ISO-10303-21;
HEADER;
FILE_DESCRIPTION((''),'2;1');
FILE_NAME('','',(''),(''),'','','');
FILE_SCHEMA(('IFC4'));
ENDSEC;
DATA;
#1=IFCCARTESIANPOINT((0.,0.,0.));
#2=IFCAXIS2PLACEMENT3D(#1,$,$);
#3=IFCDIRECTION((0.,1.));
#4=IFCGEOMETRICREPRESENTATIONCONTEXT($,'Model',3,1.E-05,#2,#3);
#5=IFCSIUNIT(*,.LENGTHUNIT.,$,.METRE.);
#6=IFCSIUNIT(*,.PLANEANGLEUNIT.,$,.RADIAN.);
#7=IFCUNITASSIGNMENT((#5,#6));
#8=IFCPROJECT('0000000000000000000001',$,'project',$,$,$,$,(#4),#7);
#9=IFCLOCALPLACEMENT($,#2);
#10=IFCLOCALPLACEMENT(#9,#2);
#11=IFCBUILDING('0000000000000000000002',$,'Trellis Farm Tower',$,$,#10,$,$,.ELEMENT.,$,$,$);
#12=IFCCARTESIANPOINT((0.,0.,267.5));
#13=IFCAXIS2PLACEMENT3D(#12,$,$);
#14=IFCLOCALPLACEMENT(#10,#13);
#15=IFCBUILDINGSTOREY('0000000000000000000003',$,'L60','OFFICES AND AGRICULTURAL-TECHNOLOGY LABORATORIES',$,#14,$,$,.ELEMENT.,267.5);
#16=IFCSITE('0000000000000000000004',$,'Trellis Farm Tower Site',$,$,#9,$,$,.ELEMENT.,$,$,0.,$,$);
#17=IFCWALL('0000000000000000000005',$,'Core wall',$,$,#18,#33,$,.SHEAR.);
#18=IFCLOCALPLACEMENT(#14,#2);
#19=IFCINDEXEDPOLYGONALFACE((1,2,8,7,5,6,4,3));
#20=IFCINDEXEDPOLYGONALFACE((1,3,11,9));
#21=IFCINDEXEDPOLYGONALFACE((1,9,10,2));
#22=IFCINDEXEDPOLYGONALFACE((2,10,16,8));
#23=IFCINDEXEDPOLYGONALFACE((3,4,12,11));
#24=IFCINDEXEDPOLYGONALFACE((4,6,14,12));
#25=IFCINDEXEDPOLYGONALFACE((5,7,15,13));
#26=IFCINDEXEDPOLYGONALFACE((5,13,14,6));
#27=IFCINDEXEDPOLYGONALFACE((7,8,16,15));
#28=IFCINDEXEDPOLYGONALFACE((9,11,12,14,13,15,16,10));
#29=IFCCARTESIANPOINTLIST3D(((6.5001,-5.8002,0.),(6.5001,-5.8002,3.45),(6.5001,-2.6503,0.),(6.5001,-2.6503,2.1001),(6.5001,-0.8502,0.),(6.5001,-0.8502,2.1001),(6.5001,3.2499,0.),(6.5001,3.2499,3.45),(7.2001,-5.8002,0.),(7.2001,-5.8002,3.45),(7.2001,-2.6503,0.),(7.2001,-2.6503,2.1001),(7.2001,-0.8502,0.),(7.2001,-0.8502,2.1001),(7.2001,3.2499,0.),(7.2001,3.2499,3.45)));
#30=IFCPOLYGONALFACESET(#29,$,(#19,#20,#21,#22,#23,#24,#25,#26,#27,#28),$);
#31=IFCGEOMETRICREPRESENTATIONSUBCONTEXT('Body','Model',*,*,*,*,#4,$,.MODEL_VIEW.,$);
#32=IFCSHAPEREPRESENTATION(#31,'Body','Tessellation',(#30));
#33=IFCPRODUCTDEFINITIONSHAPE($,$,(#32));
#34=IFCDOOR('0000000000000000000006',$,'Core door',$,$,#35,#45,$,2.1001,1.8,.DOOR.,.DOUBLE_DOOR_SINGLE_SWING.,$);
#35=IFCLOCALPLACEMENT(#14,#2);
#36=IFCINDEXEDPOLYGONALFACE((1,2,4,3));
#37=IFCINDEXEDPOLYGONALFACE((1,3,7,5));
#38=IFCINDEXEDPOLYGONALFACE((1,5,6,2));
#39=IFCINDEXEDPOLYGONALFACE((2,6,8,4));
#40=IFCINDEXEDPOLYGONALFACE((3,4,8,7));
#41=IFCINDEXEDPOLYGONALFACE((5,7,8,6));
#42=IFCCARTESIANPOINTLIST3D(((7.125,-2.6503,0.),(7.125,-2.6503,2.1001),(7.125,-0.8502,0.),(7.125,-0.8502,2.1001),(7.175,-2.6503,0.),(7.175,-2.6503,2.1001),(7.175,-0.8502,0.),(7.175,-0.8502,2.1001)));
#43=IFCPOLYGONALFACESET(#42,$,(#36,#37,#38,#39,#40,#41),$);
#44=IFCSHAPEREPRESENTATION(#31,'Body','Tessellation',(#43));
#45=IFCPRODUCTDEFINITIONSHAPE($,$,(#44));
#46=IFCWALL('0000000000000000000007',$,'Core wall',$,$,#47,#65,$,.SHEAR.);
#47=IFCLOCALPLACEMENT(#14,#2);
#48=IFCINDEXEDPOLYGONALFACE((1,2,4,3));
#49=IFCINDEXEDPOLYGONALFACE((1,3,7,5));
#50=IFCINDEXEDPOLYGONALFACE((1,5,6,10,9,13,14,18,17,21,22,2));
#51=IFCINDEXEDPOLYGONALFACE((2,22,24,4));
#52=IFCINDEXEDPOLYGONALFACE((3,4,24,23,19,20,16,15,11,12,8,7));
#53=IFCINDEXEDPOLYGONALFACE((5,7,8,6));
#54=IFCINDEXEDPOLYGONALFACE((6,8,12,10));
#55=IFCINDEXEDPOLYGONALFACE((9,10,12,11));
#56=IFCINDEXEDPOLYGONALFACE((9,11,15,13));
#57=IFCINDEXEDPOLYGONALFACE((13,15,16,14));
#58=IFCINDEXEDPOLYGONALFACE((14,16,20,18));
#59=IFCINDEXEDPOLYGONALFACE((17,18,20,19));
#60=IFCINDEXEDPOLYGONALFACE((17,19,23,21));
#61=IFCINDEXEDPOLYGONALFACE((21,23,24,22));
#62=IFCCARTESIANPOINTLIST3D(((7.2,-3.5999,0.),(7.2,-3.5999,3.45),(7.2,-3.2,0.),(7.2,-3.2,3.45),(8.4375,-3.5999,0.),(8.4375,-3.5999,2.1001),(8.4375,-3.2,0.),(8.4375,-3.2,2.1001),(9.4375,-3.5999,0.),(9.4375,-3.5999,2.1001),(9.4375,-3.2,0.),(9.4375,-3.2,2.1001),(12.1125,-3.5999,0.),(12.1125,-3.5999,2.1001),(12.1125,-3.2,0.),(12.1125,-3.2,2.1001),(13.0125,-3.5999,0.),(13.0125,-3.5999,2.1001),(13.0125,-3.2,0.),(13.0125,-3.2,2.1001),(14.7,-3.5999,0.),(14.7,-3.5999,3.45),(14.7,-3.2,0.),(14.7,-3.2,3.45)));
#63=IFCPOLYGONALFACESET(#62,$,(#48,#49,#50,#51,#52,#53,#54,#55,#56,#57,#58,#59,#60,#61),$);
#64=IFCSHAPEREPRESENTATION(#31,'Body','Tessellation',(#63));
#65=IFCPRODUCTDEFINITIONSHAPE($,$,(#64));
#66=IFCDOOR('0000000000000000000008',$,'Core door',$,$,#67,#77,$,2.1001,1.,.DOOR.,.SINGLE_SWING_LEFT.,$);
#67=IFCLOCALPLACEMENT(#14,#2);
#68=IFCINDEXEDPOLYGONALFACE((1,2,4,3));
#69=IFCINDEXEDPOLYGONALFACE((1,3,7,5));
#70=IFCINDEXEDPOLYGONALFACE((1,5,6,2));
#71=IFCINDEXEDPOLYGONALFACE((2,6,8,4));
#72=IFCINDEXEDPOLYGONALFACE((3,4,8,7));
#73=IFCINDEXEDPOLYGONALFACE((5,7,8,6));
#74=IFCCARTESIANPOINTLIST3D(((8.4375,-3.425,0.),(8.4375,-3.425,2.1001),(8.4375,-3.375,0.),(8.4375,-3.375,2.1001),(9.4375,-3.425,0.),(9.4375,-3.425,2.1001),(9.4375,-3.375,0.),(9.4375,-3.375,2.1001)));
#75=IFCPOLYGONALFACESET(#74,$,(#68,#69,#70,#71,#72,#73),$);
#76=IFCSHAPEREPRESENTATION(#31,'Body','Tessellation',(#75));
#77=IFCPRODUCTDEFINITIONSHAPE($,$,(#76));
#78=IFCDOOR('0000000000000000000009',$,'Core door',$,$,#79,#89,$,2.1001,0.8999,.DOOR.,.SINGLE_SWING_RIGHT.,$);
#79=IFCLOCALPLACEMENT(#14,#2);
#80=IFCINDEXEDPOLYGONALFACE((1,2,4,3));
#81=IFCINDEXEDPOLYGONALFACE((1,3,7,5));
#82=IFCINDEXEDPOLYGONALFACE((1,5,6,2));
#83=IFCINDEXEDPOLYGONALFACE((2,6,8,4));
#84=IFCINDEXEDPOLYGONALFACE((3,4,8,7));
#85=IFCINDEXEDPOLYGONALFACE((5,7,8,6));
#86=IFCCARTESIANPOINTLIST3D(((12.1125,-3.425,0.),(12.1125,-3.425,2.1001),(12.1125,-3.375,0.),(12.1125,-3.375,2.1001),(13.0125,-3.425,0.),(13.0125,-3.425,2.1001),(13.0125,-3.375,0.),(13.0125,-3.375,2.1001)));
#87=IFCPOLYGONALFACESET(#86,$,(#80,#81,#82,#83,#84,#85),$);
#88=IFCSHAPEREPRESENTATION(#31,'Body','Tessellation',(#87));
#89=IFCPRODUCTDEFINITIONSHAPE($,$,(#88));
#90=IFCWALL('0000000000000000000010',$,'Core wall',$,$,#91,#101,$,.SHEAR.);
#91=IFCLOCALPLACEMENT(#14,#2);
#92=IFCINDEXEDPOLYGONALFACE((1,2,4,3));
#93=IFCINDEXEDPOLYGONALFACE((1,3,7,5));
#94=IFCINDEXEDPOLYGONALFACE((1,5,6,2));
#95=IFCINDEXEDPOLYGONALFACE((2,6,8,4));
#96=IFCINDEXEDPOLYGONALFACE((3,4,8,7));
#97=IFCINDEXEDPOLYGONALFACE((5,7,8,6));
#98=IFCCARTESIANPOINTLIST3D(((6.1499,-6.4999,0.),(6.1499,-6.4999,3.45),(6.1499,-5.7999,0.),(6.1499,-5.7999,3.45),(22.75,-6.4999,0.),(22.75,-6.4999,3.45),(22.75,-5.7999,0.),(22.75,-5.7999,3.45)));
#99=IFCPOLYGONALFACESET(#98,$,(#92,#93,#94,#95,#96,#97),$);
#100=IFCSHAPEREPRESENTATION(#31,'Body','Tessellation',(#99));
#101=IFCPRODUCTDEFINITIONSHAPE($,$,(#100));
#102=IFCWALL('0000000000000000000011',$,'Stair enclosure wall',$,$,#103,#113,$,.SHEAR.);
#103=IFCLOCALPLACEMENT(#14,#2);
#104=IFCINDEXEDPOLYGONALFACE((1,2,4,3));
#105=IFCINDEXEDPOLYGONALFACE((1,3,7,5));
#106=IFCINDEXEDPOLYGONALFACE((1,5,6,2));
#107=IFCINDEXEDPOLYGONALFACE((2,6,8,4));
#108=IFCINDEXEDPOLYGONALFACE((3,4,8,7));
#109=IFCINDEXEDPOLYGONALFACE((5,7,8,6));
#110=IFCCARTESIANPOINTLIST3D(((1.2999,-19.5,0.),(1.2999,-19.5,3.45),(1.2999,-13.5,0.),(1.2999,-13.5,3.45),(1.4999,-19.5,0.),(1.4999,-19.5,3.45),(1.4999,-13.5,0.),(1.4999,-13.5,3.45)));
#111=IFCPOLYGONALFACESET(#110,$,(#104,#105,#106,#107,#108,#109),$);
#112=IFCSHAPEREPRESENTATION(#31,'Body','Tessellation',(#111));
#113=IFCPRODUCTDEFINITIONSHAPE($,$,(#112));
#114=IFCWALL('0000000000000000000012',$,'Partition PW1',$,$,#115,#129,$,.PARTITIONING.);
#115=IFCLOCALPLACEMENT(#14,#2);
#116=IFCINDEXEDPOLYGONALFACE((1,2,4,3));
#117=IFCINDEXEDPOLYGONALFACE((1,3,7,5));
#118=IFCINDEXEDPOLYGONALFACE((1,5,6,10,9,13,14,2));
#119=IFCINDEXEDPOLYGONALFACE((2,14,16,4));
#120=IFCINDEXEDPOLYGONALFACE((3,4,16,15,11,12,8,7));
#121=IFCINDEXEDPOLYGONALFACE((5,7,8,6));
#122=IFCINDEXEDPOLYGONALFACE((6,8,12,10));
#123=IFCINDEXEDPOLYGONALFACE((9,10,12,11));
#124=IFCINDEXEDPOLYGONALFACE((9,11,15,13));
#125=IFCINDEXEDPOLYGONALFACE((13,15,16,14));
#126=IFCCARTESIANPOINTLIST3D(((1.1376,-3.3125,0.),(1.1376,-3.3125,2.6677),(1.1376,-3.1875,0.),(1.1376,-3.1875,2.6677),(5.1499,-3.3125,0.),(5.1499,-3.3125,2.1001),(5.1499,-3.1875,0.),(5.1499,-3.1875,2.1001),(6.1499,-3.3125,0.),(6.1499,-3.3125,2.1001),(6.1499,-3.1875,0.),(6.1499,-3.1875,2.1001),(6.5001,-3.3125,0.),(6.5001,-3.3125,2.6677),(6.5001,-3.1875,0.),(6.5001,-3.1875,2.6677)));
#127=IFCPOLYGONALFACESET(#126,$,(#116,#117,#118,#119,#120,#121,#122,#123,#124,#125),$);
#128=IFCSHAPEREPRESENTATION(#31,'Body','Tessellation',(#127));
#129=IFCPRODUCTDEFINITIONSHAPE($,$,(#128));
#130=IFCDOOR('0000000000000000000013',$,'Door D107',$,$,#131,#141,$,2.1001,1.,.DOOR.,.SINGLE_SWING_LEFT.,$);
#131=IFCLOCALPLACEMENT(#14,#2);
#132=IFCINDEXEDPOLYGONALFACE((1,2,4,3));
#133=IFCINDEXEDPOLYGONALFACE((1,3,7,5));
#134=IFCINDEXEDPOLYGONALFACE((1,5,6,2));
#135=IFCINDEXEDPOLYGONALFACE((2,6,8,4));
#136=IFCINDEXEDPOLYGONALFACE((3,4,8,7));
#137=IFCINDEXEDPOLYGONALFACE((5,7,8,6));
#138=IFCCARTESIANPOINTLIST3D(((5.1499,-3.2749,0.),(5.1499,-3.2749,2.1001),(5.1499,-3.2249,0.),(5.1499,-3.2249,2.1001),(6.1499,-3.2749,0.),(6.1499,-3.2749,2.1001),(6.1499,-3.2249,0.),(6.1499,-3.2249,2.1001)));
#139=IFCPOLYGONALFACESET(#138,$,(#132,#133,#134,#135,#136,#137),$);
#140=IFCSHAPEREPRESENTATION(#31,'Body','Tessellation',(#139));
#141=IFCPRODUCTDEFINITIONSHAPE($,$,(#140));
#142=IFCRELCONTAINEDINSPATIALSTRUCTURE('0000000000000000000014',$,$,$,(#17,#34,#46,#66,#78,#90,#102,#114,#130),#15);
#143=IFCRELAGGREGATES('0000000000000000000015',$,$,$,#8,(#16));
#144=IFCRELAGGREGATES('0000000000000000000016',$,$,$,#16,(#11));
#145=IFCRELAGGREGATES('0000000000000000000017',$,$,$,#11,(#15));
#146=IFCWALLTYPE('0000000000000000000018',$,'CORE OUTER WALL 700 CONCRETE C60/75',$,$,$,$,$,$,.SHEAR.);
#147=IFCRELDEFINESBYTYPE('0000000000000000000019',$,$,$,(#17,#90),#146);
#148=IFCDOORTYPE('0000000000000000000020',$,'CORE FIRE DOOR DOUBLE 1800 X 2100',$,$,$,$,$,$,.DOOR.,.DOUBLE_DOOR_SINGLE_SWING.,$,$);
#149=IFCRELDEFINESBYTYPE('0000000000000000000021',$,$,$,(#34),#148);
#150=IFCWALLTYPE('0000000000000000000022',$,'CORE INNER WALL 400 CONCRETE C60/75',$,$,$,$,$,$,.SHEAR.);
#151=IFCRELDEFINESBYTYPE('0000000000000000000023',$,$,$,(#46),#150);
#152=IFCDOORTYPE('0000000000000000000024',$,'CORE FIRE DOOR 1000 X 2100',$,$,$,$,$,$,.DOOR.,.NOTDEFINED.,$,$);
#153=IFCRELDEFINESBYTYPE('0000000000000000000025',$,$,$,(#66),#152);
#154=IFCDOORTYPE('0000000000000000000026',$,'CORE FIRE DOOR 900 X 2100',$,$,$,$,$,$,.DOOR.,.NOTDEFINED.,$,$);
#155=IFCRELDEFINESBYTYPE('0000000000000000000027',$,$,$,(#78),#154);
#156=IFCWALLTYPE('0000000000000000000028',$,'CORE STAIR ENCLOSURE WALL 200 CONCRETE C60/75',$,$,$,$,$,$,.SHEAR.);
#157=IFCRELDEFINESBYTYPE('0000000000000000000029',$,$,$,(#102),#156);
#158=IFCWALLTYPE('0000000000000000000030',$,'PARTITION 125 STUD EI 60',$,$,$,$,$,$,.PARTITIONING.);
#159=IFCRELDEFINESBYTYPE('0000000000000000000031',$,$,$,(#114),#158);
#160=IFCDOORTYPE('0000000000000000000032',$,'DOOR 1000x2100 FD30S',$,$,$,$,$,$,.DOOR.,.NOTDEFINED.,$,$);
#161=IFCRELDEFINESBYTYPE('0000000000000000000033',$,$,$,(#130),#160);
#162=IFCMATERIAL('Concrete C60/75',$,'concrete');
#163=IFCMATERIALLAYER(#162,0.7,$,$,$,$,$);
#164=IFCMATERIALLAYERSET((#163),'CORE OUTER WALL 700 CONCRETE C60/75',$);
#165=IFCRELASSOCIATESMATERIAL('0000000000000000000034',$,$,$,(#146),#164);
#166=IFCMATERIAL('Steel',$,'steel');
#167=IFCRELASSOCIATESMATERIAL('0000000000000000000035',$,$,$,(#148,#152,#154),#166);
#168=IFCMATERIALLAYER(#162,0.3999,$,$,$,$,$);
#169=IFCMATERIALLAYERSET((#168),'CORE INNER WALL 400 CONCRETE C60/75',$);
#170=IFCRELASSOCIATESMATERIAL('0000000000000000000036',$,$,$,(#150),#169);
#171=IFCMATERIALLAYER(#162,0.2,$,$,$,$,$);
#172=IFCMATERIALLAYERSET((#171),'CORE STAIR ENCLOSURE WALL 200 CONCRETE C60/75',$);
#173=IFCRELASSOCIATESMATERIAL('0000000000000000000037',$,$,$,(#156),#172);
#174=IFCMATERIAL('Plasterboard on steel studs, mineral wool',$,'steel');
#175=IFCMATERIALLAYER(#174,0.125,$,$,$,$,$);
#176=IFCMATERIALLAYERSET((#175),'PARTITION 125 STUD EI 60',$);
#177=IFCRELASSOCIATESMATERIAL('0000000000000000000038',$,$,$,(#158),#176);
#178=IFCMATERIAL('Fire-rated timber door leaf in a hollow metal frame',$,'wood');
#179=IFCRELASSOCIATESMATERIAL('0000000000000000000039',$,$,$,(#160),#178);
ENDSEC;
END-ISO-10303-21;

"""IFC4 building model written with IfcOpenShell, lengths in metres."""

from ifc_helpers import new_model, si_unit, direction, frame, frame_2d, origin, place, context, subcontext, project, spatial, rectangle, extrude, source, transform, mapped, material, layer, layer_set, type_object, element, fill, save


model = new_model("IFC4")

# Units and contexts
model_context = context("Model", 3, precision=1e-05, world=origin(), true_north=direction((0.0, 1.0)))
body_context = subcontext(model_context, "Body", "Model", "MODEL_VIEW")
ifc_project = project(units=[si_unit("LENGTHUNIT", "METRE"), si_unit("PLANEANGLEUNIT", "RADIAN")], contexts=[model_context])

# Site, building, storey
site_placement = place(None, origin())
site = spatial("IfcSite", under=ifc_project, at=site_placement, Name="Trellis Farm Tower Site", CompositionType="ELEMENT", RefElevation=0.0)
building_placement = place(site_placement, origin())
building = spatial("IfcBuilding", under=site, at=building_placement, Name="Trellis Farm Tower", CompositionType="ELEMENT")
storey_placement = place(building_placement, frame((0.0, 0.0, 267.5)))
storey = spatial("IfcBuildingStorey", under=building, at=storey_placement, Name="L60", Description="OFFICES AND AGRICULTURAL-TECHNOLOGY LABORATORIES", CompositionType="ELEMENT", Elevation=267.5)

# Shared definitions
ifc_material_1 = material(Name="Concrete C60/75", Category="concrete")

# Wall, opening, door
ifc_layer_1 = layer(ifc_material_1, 0.7)
ifc_layer_set_1 = layer_set([ifc_layer_1], Name="CORE OUTER WALL 700 CONCRETE C60/75")
wall_type_1 = type_object("IfcWallType", Name="CORE OUTER WALL 700 CONCRETE C60/75", PredefinedType="SHEAR", material=ifc_layer_set_1)
shared_shape_1 = source(origin(), body_context, "Body", "SweptSolid", [
    extrude(rectangle(XDim=9.05, YDim=0.7, at=frame_2d((4.5249, 0.0))), origin(), (0.0, 0.0, 1.0), 3.45),
])
wall_1_placement = place(storey_placement, frame((6.8501, -5.8, 0.0), z_axis=(0.0, 0.0, 1.0), x_axis=(0.0, 1.0, 0.0)))
wall_1 = element("IfcWall", 1, at=wall_1_placement, inside=storey, type_object=wall_type_1, Name="Core wall", PredefinedType="SHEAR", context=body_context, shape_type="MappedRepresentation", body=[
    mapped(shared_shape_1, transform((0.0, 0.0, 0.0))),
])
shared_shape_2 = source(origin(), body_context, "Body", "SweptSolid", [
    extrude(rectangle(XDim=1.8, YDim=2.1001, at=frame_2d((0.8999, 1.05))), frame((0.0, 0.3601, 0.0), z_axis=(0.0, -1.0, 0.0), x_axis=(1.0, 0.0, 0.0)), (0.0, 0.0, 1.0), 0.7202),
])
opening_1_placement = place(wall_1_placement, frame((3.1499, 0.0, 0.0)))
opening_1 = element("IfcOpeningElement", 2, at=opening_1_placement, cuts=wall_1, PredefinedType="OPENING", context=body_context, shape_type="MappedRepresentation", body=[
    mapped(shared_shape_2, transform((0.0, 0.0, 0.0))),
])
ifc_material_2 = material(Name="Steel", Category="steel")
door_type_1 = type_object("IfcDoorType", Name="CORE FIRE DOOR DOUBLE 1800 X 2100", OperationType="DOUBLE_DOOR_SINGLE_SWING", PredefinedType="DOOR", material=ifc_material_2)
shared_shape_3 = source(origin(), body_context, "Body", "SweptSolid", [
    extrude(rectangle(XDim=1.8, YDim=2.1001, at=frame_2d((0.8999, 1.05))), frame((0.0, -0.2749, 0.0), z_axis=(0.0, -1.0, 0.0), x_axis=(1.0, 0.0, 0.0)), (0.0, 0.0, 1.0), 0.05),
])
door_1_placement = place(opening_1_placement, origin())
door_1 = element("IfcDoor", 3, at=door_1_placement, inside=storey, type_object=door_type_1, Name="Core door", OperationType="DOUBLE_DOOR_SINGLE_SWING", OverallHeight=2.1001, OverallWidth=1.8, PredefinedType="DOOR", context=body_context, shape_type="MappedRepresentation", body=[
    mapped(shared_shape_3, transform((0.0, 0.0, 0.0))),
])
fill(opening_1, door_1)

# Wall, openings, doors
ifc_layer_2 = layer(ifc_material_1, 0.3999)
ifc_layer_set_2 = layer_set([ifc_layer_2], Name="CORE INNER WALL 400 CONCRETE C60/75")
wall_type_2 = type_object("IfcWallType", Name="CORE INNER WALL 400 CONCRETE C60/75", PredefinedType="SHEAR", material=ifc_layer_set_2)
shared_shape_4 = source(origin(), body_context, "Body", "SweptSolid", [
    extrude(rectangle(XDim=7.5, YDim=0.3999, at=frame_2d((3.75, 0.0))), origin(), (0.0, 0.0, 1.0), 3.45),
])
wall_2_placement = place(storey_placement, frame((7.2, -3.3999, 0.0), z_axis=(0.0, 0.0, 1.0), x_axis=(1.0, 0.0, 0.0)))
wall_2 = element("IfcWall", 4, at=wall_2_placement, inside=storey, type_object=wall_type_2, Name="Core wall", PredefinedType="SHEAR", context=body_context, shape_type="MappedRepresentation", body=[
    mapped(shared_shape_4, transform((0.0, 0.0, 0.0))),
])
shared_shape_5 = source(origin(), body_context, "Body", "SweptSolid", [
    extrude(rectangle(XDim=1.0, YDim=2.1001, at=frame_2d((0.5, 1.05))), frame((0.0, 0.21, 0.0), z_axis=(0.0, -1.0, 0.0), x_axis=(1.0, 0.0, 0.0)), (0.0, 0.0, 1.0), 0.4199),
])
opening_2_placement = place(wall_2_placement, frame((1.2375, 0.0, 0.0)))
opening_2 = element("IfcOpeningElement", 5, at=opening_2_placement, cuts=wall_2, PredefinedType="OPENING", context=body_context, shape_type="MappedRepresentation", body=[
    mapped(shared_shape_5, transform((0.0, 0.0, 0.0))),
])
shared_shape_6 = source(origin(), body_context, "Body", "SweptSolid", [
    extrude(rectangle(XDim=0.8999, YDim=2.1001, at=frame_2d((0.45, 1.05))), frame((0.0, 0.21, 0.0), z_axis=(0.0, -1.0, 0.0), x_axis=(1.0, 0.0, 0.0)), (0.0, 0.0, 1.0), 0.4199),
])
opening_3_placement = place(wall_2_placement, frame((4.9126, 0.0, 0.0)))
opening_3 = element("IfcOpeningElement", 6, at=opening_3_placement, cuts=wall_2, PredefinedType="OPENING", context=body_context, shape_type="MappedRepresentation", body=[
    mapped(shared_shape_6, transform((0.0, 0.0, 0.0))),
])
door_type_2 = type_object("IfcDoorType", Name="CORE FIRE DOOR 1000 X 2100", OperationType="NOTDEFINED", PredefinedType="DOOR", material=ifc_material_2)
shared_shape_7 = source(origin(), body_context, "Body", "SweptSolid", [
    extrude(rectangle(XDim=1.0, YDim=2.1001, at=frame_2d((0.5, 1.05))), frame((0.0, 0.0249, 0.0), z_axis=(0.0, -1.0, 0.0), x_axis=(1.0, 0.0, 0.0)), (0.0, 0.0, 1.0), 0.05),
])
door_2_placement = place(opening_2_placement, origin())
door_2 = element("IfcDoor", 7, at=door_2_placement, inside=storey, type_object=door_type_2, Name="Core door", OperationType="SINGLE_SWING_LEFT", OverallHeight=2.1001, OverallWidth=1.0, PredefinedType="DOOR", context=body_context, shape_type="MappedRepresentation", body=[
    mapped(shared_shape_7, transform((0.0, 0.0, 0.0))),
])
fill(opening_2, door_2)
door_type_3 = type_object("IfcDoorType", Name="CORE FIRE DOOR 900 X 2100", OperationType="NOTDEFINED", PredefinedType="DOOR", material=ifc_material_2)
shared_shape_8 = source(origin(), body_context, "Body", "SweptSolid", [
    extrude(rectangle(XDim=0.8999, YDim=2.1001, at=frame_2d((0.45, 1.05))), frame((0.0, 0.0249, 0.0), z_axis=(0.0, -1.0, 0.0), x_axis=(1.0, 0.0, 0.0)), (0.0, 0.0, 1.0), 0.05),
])
door_3_placement = place(opening_3_placement, origin())
door_3 = element("IfcDoor", 8, at=door_3_placement, inside=storey, type_object=door_type_3, Name="Core door", OperationType="SINGLE_SWING_RIGHT", OverallHeight=2.1001, OverallWidth=0.8999, PredefinedType="DOOR", context=body_context, shape_type="MappedRepresentation", body=[
    mapped(shared_shape_8, transform((0.0, 0.0, 0.0))),
])
fill(opening_3, door_3)

# Walls
shared_shape_9 = source(origin(), body_context, "Body", "SweptSolid", [
    extrude(rectangle(XDim=16.6001, YDim=0.7, at=frame_2d((8.3, 0.0))), origin(), (0.0, 0.0, 1.0), 3.45),
])
wall_3_placement = place(storey_placement, frame((6.1499, -6.1499, 0.0), z_axis=(0.0, 0.0, 1.0), x_axis=(1.0, 0.0, 0.0)))
element("IfcWall", 9, at=wall_3_placement, inside=storey, type_object=wall_type_1, Name="Core wall", PredefinedType="SHEAR", context=body_context, shape_type="MappedRepresentation", body=[
    mapped(shared_shape_9, transform((0.0, 0.0, 0.0))),
])
ifc_layer_3 = layer(ifc_material_1, 0.2)
ifc_layer_set_3 = layer_set([ifc_layer_3], Name="CORE STAIR ENCLOSURE WALL 200 CONCRETE C60/75")
wall_type_3 = type_object("IfcWallType", Name="CORE STAIR ENCLOSURE WALL 200 CONCRETE C60/75", PredefinedType="SHEAR", material=ifc_layer_set_3)
shared_shape_10 = source(origin(), body_context, "Body", "SweptSolid", [
    extrude(rectangle(XDim=6.0, YDim=0.2, at=frame_2d((3.0, 0.0))), origin(), (0.0, 0.0, 1.0), 3.45),
])
wall_4_placement = place(storey_placement, frame((1.3999, -13.5, 0.0), z_axis=(0.0, 0.0, 1.0), x_axis=(0.0, -1.0, 0.0)))
element("IfcWall", 10, at=wall_4_placement, inside=storey, type_object=wall_type_3, Name="Stair enclosure wall", PredefinedType="SHEAR", context=body_context, shape_type="MappedRepresentation", body=[
    mapped(shared_shape_10, transform((0.0, 0.0, 0.0))),
])

# Wall, opening, door
ifc_material_3 = material(Name="Plasterboard on steel studs, mineral wool", Category="steel")
ifc_layer_4 = layer(ifc_material_3, 0.125)
ifc_layer_set_4 = layer_set([ifc_layer_4], Name="PARTITION 125 STUD EI 60")
wall_type_4 = type_object("IfcWallType", Name="PARTITION 125 STUD EI 60", PredefinedType="PARTITIONING", material=ifc_layer_set_4)
shared_shape_11 = source(origin(), body_context, "Body", "SweptSolid", [
    extrude(rectangle(XDim=5.3625, YDim=0.125, at=frame_2d((2.6812, 0.0))), origin(), (0.0, 0.0, 1.0), 2.6677),
])
wall_5_placement = place(storey_placement, frame((6.5, -3.25, 0.0), z_axis=(0.0, 0.0, 1.0), x_axis=(-1.0, 0.0, 0.0)))
wall_5 = element("IfcWall", 11, at=wall_5_placement, inside=storey, type_object=wall_type_4, Name="Partition PW1", PredefinedType="PARTITIONING", context=body_context, shape_type="MappedRepresentation", body=[
    mapped(shared_shape_11, transform((0.0, 0.0, 0.0))),
])
shared_shape_12 = source(origin(), body_context, "Body", "SweptSolid", [
    extrude(rectangle(XDim=1.0, YDim=2.1001, at=frame_2d((0.5, 1.05))), frame((0.0, 0.0725, 0.0), z_axis=(0.0, -1.0, 0.0), x_axis=(1.0, 0.0, 0.0)), (0.0, 0.0, 1.0), 0.145),
])
opening_4_placement = place(wall_5_placement, frame((0.3501, 0.0, 0.0)))
opening_4 = element("IfcOpeningElement", 12, at=opening_4_placement, cuts=wall_5, PredefinedType="OPENING", context=body_context, shape_type="MappedRepresentation", body=[
    mapped(shared_shape_12, transform((0.0, 0.0, 0.0))),
])
ifc_material_4 = material(Name="Fire-rated timber door leaf in a hollow metal frame", Category="wood")
door_type_4 = type_object("IfcDoorType", Name="DOOR 1000x2100 FD30S", OperationType="NOTDEFINED", PredefinedType="DOOR", material=ifc_material_4)
door_4_placement = place(opening_4_placement, origin())
door_4 = element("IfcDoor", 13, at=door_4_placement, inside=storey, type_object=door_type_4, Name="Door D107", OperationType="SINGLE_SWING_LEFT", OverallHeight=2.1001, OverallWidth=1.0, PredefinedType="DOOR", context=body_context, shape_type="MappedRepresentation", body=[
    mapped(shared_shape_7, transform((0.0, 0.0, 0.0))),
])
fill(opening_4, door_4)

save(model, "model.ifc")
